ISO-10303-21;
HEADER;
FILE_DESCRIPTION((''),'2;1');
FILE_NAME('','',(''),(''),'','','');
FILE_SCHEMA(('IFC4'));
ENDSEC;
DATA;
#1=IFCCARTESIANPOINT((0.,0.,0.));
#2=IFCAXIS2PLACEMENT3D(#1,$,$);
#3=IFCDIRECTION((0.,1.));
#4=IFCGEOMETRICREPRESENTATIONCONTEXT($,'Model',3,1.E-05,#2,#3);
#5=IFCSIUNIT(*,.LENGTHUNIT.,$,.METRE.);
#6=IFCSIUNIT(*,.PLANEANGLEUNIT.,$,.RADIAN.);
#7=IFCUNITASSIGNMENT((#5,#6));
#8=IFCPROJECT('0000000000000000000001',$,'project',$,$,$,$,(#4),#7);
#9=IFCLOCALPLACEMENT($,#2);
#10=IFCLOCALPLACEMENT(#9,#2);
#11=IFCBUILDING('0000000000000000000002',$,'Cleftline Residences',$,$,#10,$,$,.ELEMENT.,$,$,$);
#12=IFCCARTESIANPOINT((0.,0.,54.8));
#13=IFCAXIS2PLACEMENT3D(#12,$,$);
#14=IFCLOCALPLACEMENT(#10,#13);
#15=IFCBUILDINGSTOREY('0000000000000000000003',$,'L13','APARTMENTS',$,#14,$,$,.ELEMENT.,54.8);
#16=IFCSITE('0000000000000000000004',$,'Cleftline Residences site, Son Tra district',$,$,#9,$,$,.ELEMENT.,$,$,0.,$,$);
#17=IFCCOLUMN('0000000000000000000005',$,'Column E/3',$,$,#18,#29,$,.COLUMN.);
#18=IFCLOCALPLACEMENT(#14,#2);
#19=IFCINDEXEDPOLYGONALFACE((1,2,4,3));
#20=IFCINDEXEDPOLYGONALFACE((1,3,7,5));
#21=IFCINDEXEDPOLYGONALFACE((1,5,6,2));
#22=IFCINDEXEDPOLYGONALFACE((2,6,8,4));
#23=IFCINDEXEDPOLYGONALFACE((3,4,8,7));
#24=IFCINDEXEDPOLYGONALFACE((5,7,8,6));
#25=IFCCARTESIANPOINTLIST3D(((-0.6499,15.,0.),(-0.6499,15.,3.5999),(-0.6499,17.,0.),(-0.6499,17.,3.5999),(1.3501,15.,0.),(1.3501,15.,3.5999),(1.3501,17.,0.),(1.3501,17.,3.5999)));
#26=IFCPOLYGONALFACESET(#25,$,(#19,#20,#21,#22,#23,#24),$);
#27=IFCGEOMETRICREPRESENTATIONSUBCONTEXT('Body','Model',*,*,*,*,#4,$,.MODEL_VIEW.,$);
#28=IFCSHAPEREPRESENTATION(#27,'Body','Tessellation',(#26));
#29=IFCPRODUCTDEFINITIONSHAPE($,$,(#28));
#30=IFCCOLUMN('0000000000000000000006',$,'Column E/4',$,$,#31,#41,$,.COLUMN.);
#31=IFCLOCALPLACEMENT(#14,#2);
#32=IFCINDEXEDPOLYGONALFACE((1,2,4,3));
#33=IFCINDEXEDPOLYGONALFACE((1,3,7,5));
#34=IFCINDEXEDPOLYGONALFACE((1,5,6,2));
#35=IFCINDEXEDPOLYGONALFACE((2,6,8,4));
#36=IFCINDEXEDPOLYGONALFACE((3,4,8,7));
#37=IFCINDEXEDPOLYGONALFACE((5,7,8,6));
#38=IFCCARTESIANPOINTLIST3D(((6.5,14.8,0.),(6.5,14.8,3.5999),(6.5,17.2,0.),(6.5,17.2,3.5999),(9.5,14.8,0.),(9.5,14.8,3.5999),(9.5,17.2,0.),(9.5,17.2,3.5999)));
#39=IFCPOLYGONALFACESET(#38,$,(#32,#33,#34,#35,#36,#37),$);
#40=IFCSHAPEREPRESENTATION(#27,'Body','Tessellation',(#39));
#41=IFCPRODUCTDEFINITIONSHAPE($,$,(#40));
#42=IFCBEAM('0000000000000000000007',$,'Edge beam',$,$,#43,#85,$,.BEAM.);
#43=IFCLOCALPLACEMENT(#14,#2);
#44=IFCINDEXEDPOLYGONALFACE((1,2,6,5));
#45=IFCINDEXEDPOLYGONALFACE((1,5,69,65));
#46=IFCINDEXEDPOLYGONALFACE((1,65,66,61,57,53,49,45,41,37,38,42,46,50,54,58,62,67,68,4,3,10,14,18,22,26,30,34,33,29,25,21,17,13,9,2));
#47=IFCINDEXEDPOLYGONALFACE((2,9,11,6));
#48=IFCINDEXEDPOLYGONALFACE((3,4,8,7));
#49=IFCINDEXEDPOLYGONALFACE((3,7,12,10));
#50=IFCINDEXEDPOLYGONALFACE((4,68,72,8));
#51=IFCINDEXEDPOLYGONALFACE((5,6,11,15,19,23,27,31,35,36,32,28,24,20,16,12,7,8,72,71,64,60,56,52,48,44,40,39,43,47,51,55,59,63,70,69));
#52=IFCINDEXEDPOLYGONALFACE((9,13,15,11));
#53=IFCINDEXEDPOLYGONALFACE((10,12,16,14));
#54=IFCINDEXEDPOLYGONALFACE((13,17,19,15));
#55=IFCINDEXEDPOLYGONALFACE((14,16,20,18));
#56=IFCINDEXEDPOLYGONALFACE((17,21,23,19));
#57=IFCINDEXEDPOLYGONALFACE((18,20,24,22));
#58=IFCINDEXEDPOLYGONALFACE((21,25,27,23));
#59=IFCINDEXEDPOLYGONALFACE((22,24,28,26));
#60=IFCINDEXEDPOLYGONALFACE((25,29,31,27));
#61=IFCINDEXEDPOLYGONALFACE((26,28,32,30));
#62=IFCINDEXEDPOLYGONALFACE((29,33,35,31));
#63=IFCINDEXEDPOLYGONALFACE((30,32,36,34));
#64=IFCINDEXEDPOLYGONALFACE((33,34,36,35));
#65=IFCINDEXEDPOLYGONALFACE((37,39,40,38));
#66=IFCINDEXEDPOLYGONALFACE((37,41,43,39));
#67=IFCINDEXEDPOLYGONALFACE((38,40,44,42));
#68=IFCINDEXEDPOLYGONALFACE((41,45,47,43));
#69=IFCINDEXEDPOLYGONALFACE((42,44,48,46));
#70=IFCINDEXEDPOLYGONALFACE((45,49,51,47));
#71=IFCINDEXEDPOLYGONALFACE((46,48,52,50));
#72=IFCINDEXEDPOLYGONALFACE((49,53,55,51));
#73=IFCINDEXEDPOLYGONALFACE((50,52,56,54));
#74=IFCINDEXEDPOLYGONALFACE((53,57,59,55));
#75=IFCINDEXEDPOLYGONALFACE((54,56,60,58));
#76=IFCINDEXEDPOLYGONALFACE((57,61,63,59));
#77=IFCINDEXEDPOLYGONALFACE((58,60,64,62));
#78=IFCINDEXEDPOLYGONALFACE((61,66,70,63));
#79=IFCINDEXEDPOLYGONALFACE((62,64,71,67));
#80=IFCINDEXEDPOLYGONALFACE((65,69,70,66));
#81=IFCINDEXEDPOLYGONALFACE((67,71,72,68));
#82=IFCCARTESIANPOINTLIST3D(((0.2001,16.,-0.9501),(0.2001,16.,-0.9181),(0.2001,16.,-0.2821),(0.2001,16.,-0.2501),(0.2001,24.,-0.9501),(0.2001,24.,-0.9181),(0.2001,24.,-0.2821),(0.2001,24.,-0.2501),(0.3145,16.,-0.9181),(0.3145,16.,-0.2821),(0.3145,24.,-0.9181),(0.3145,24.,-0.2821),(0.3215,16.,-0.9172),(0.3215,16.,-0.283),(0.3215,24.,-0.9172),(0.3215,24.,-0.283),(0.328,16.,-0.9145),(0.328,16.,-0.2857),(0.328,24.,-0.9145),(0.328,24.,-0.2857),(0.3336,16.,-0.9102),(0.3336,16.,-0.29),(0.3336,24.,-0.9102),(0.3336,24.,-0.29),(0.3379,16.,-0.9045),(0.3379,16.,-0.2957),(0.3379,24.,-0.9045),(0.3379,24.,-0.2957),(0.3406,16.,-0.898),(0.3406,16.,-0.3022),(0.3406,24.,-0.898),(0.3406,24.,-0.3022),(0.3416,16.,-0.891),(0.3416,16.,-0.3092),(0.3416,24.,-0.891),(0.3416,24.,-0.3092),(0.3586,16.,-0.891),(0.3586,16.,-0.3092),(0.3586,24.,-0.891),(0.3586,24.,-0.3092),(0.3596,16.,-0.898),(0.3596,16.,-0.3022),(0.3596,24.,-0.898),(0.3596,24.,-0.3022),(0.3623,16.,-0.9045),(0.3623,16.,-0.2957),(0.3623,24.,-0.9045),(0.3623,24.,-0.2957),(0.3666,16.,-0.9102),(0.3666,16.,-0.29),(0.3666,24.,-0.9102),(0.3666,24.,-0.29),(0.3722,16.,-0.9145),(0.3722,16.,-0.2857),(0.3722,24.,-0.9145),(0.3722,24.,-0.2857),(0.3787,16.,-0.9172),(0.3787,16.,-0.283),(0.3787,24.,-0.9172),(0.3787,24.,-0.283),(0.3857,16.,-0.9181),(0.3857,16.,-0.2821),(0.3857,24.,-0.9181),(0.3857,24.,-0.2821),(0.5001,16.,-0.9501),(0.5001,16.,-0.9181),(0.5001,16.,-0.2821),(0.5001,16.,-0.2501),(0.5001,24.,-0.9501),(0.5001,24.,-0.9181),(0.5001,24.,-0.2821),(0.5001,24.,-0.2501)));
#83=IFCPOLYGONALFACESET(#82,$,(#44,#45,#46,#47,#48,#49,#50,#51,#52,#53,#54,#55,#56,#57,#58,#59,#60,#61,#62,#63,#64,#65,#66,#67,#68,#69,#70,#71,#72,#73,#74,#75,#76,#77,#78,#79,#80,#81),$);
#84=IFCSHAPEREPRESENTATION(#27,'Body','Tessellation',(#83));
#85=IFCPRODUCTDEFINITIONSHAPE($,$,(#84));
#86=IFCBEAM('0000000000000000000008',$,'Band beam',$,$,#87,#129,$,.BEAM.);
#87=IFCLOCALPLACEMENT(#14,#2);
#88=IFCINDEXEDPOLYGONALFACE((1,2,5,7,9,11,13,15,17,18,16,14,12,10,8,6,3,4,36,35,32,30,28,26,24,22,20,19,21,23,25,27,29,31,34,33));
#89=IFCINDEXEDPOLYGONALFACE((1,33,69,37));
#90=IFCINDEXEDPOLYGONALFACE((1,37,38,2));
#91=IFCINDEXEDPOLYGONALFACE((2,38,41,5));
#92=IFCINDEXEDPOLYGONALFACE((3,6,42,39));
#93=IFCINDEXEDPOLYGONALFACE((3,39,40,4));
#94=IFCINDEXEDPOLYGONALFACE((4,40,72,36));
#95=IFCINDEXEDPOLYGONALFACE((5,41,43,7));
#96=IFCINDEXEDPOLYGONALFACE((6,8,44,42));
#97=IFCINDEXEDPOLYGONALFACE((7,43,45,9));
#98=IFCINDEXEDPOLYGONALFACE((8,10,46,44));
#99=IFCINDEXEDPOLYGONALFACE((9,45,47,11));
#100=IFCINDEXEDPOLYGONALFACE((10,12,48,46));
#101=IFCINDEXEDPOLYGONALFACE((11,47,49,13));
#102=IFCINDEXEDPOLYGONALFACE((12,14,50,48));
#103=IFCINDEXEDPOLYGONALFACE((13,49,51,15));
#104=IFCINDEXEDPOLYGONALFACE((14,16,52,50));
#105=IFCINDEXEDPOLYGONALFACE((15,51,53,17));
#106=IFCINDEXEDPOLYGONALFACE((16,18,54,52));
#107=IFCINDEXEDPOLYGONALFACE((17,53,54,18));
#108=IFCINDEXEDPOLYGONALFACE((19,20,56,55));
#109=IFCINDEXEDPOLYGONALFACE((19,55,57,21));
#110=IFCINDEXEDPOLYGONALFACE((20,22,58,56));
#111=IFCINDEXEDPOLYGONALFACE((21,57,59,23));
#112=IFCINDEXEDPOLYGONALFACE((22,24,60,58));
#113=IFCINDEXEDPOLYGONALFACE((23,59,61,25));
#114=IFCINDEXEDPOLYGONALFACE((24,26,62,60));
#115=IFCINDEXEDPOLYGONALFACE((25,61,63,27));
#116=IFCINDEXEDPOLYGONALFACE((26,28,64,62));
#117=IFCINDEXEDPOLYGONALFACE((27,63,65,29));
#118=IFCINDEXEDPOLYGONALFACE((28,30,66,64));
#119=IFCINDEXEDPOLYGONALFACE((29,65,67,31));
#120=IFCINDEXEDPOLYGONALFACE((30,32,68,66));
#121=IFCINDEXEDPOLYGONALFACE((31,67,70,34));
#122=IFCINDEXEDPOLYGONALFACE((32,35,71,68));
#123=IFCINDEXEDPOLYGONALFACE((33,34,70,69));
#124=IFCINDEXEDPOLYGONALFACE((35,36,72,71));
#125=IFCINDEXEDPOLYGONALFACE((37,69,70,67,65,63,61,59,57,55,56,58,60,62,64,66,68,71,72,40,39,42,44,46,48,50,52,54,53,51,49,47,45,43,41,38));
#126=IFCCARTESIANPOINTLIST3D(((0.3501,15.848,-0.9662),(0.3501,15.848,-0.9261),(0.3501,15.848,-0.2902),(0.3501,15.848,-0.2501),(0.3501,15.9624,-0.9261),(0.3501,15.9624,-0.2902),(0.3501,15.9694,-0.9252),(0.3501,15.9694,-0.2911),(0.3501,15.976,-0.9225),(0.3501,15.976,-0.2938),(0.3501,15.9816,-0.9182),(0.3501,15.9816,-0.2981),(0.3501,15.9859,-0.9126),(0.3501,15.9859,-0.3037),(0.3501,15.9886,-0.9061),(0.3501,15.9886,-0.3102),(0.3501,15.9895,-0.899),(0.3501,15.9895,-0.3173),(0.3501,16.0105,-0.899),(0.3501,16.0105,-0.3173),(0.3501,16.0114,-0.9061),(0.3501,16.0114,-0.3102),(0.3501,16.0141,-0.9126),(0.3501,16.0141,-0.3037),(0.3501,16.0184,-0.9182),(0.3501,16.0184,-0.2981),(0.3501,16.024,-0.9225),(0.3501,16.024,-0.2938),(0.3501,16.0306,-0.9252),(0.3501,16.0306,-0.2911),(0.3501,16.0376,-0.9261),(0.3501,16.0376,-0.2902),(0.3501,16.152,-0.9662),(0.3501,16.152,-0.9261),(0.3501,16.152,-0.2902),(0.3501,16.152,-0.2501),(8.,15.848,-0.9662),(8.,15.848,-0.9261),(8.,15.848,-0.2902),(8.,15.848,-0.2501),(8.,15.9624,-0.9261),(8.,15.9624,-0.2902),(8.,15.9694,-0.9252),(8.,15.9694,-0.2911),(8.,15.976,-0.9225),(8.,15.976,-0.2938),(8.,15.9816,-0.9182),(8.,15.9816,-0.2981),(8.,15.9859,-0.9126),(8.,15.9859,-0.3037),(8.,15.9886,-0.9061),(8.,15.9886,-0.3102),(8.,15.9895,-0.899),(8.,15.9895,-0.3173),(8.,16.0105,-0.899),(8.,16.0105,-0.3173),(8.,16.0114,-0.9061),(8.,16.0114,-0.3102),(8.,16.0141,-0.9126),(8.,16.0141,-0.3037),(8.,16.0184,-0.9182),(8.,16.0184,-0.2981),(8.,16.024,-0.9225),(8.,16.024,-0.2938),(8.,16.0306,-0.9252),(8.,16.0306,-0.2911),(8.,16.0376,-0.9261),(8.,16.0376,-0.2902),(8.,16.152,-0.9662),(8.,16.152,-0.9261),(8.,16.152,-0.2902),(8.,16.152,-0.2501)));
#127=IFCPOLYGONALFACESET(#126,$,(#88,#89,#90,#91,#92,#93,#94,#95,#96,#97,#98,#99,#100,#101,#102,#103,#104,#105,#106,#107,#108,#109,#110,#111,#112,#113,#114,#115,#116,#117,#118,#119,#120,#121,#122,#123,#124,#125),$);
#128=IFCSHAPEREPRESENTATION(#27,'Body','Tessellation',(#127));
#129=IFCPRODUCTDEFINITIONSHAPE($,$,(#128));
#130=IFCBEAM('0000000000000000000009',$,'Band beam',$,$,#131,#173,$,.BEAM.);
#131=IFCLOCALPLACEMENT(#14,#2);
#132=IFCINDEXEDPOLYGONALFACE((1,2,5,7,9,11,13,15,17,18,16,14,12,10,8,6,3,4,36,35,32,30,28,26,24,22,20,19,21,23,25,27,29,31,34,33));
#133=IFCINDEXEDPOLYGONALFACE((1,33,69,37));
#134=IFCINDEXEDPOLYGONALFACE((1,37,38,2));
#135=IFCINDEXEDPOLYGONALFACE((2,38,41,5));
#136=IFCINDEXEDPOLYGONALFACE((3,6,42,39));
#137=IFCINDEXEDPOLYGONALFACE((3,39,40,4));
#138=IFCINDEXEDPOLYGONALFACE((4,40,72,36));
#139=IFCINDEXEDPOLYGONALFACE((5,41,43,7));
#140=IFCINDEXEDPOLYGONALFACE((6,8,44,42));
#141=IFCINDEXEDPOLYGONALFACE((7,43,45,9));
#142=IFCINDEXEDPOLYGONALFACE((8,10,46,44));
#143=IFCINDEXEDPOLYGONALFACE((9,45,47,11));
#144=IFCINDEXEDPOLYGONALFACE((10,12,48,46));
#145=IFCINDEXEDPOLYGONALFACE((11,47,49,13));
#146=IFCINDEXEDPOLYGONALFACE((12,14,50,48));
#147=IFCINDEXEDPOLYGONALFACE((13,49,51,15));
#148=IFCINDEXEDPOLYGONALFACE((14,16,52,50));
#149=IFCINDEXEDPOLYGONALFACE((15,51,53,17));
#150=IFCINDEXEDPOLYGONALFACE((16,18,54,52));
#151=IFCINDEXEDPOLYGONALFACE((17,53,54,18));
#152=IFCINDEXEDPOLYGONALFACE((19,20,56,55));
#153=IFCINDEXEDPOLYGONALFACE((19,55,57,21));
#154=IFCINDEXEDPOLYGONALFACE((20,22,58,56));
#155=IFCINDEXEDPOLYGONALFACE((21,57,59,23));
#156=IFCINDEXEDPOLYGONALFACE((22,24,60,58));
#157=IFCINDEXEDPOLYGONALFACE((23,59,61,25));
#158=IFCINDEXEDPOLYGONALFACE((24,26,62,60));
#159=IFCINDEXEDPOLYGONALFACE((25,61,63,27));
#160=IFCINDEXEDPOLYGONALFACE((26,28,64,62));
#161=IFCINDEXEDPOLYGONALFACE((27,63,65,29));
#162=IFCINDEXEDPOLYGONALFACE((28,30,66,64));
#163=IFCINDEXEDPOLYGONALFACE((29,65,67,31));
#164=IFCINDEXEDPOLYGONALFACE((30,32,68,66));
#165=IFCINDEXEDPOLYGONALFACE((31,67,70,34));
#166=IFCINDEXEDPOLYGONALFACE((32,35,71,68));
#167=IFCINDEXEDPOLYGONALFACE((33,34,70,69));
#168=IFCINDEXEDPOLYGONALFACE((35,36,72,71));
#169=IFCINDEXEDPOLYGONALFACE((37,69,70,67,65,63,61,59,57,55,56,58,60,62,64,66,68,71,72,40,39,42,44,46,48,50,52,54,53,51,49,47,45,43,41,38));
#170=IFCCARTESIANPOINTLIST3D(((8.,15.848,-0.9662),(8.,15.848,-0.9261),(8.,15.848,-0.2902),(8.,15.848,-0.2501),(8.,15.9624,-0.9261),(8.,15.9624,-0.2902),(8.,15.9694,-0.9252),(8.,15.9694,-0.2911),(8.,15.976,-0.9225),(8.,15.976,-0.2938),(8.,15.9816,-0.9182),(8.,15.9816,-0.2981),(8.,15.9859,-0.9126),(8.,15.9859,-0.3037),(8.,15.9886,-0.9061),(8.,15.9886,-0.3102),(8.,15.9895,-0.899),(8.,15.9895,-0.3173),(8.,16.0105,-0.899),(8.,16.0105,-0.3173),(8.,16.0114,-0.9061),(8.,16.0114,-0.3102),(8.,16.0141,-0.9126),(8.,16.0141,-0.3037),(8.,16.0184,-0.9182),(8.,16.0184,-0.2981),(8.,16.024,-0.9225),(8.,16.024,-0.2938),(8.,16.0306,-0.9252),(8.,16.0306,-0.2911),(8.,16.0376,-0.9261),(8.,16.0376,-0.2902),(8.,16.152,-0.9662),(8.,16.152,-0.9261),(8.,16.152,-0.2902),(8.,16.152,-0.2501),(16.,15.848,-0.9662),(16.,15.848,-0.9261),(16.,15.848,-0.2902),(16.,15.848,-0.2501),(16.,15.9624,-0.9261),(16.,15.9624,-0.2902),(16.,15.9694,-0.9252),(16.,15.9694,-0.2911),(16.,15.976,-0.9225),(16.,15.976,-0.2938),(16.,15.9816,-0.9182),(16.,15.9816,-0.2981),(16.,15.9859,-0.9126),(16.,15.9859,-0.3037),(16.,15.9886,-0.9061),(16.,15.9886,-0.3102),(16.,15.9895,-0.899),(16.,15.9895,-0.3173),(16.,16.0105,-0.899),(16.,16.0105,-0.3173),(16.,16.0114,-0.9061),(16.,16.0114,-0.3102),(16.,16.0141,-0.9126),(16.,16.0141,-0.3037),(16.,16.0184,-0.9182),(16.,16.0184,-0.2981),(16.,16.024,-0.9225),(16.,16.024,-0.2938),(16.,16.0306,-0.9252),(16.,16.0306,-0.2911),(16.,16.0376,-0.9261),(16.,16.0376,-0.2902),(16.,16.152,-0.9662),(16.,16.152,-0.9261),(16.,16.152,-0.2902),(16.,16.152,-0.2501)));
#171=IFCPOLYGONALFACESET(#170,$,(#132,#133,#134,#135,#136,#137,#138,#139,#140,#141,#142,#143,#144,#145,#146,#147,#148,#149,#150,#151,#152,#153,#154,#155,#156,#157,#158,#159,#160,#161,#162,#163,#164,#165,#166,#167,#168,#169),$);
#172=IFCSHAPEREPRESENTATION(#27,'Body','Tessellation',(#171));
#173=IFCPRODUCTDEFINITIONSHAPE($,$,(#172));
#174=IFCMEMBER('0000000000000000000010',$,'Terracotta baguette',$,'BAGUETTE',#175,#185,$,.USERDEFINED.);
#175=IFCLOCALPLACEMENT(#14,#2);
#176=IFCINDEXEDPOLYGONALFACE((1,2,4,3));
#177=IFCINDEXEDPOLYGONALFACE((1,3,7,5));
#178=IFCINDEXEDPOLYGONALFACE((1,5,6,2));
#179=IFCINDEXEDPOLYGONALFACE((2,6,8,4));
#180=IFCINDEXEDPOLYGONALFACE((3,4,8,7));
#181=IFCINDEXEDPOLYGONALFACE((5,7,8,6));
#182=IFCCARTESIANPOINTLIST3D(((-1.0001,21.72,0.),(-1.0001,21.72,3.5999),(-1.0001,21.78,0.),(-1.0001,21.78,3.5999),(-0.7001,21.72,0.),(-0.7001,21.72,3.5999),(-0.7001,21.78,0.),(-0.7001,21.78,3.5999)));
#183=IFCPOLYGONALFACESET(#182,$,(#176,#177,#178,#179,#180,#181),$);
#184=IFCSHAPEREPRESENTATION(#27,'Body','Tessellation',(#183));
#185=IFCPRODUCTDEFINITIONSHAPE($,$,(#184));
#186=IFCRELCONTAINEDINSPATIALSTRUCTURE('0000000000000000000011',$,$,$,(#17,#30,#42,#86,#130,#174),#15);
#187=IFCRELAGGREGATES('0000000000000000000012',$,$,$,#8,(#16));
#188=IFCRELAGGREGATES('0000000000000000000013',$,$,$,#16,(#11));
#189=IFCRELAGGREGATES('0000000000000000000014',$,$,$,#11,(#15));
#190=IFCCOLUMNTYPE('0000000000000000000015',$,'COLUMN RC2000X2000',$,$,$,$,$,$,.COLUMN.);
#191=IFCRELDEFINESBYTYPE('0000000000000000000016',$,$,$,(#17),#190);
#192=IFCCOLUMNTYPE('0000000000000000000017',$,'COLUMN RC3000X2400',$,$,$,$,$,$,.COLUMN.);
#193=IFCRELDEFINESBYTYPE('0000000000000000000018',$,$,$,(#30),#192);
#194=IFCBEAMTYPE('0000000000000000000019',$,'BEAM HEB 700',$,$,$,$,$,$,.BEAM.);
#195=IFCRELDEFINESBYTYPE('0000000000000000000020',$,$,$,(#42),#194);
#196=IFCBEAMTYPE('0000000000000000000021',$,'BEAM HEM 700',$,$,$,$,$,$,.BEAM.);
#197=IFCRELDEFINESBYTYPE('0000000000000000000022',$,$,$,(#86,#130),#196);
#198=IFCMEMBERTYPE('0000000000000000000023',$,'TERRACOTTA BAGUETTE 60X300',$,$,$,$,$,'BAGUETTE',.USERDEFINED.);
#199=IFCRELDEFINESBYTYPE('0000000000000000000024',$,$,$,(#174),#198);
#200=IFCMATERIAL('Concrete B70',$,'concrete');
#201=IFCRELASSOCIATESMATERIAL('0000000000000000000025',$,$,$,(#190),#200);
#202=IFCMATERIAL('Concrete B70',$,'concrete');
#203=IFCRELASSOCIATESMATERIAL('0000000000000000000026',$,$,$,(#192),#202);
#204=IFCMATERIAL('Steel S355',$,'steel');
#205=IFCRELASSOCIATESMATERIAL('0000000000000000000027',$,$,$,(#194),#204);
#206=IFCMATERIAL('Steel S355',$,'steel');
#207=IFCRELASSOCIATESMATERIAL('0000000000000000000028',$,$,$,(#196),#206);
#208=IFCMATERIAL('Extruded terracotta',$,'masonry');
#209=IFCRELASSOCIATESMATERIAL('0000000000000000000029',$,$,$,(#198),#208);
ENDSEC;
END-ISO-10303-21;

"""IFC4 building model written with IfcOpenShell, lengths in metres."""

from ifc_helpers import new_model, si_unit, direction, frame, origin, origin_2d, place, context, subcontext, project, spatial, rectangle, i_section, extrude, material, material_profile, profile_set, type_object, element, save


model = new_model("IFC4")

# Units and contexts
model_context = context("Model", 3, precision=1e-05, world=origin(), true_north=direction((0.0, 1.0)))
body_context = subcontext(model_context, "Body", "Model", "MODEL_VIEW")
ifc_project = project(units=[si_unit("LENGTHUNIT", "METRE"), si_unit("PLANEANGLEUNIT", "RADIAN")], contexts=[model_context])

# Site, building, storey
site_placement = place(None, origin())
site = spatial("IfcSite", under=ifc_project, at=site_placement, Name="Cleftline Residences site, Son Tra district", CompositionType="ELEMENT", RefElevation=0.0)
building_placement = place(site_placement, origin())
building = spatial("IfcBuilding", under=site, at=building_placement, Name="Cleftline Residences", CompositionType="ELEMENT")
storey_placement = place(building_placement, frame((0.0, 0.0, 54.8)))
storey = spatial("IfcBuildingStorey", under=building, at=storey_placement, Name="L13", Description="APARTMENTS", CompositionType="ELEMENT", Elevation=54.8)

# Columns
ifc_material_1 = material(Name="Concrete B70", Category="concrete")
ifc_material_profile_1 = material_profile(ifc_material_1, rectangle(XDim=2.0, YDim=2.0, at=origin_2d()))
ifc_profile_set_1 = profile_set([ifc_material_profile_1], Name="Concrete B70")
column_type_1 = type_object("IfcColumnType", Name="COLUMN RC2000X2000", PredefinedType="COLUMN", material=ifc_profile_set_1)
column_1_placement = place(storey_placement, frame((0.3501, 16.0, 0.0), z_axis=(0.0, 0.0, 1.0), x_axis=(1.0, 0.0, 0.0)))
element("IfcColumn", 1, at=column_1_placement, inside=storey, type_object=column_type_1, Name="Column E/3", PredefinedType="COLUMN", context=body_context, shape_type="SweptSolid", body=[
    extrude(rectangle(XDim=2.0, YDim=2.0, at=origin_2d()), origin(), (0.0, 0.0, 1.0), 3.5999),
])
ifc_material_2 = material(Name="Concrete B70", Category="concrete")
ifc_material_profile_2 = material_profile(ifc_material_2, rectangle(XDim=3.0, YDim=2.3999, at=origin_2d()))
ifc_profile_set_2 = profile_set([ifc_material_profile_2], Name="Concrete B70")
column_type_2 = type_object("IfcColumnType", Name="COLUMN RC3000X2400", PredefinedType="COLUMN", material=ifc_profile_set_2)
column_2_placement = place(storey_placement, frame((8.0, 16.0, 0.0), z_axis=(0.0, 0.0, 1.0), x_axis=(1.0, 0.0, 0.0)))
element("IfcColumn", 2, at=column_2_placement, inside=storey, type_object=column_type_2, Name="Column E/4", PredefinedType="COLUMN", context=body_context, shape_type="SweptSolid", body=[
    extrude(rectangle(XDim=3.0, YDim=2.3999, at=origin_2d()), origin(), (0.0, 0.0, 1.0), 3.5999),
])

# Beams
ifc_material_3 = material(Name="Steel S355", Category="steel")
ifc_material_profile_3 = material_profile(ifc_material_3, i_section(OverallWidth=0.3, OverallDepth=0.7, WebThickness=0.0171, FlangeThickness=0.032, FilletRadius=0.0271, at=origin_2d()))
ifc_profile_set_3 = profile_set([ifc_material_profile_3], Name="Steel S355")
beam_type_1 = type_object("IfcBeamType", Name="BEAM HEB 700", PredefinedType="BEAM", material=ifc_profile_set_3)
beam_1_placement = place(storey_placement, frame((0.3501, 16.0, -0.6001), z_axis=(0.0, 1.0, 0.0), x_axis=(-1.0, 0.0, 0.0)))
element("IfcBeam", 3, at=beam_1_placement, inside=storey, type_object=beam_type_1, Name="Edge beam", PredefinedType="BEAM", context=body_context, shape_type="SweptSolid", body=[
    extrude(i_section(OverallWidth=0.3, OverallDepth=0.7, WebThickness=0.0171, FlangeThickness=0.032, FilletRadius=0.0271, at=origin_2d()), origin(), (0.0, 0.0, 1.0), 8.0),
])
ifc_material_4 = material(Name="Steel S355", Category="steel")
ifc_material_profile_4 = material_profile(ifc_material_4, i_section(OverallWidth=0.304, OverallDepth=0.7161, WebThickness=0.021, FlangeThickness=0.04, FilletRadius=0.0271, at=origin_2d()))
ifc_profile_set_4 = profile_set([ifc_material_profile_4], Name="Steel S355")
beam_type_2 = type_object("IfcBeamType", Name="BEAM HEM 700", PredefinedType="BEAM", material=ifc_profile_set_4)
beam_2_placement = place(storey_placement, frame((0.3501, 16.0, -0.6082), z_axis=(1.0, 0.0, 0.0), x_axis=(0.0, 1.0, 0.0)))
element("IfcBeam", 4, at=beam_2_placement, inside=storey, type_object=beam_type_2, Name="Band beam", PredefinedType="BEAM", context=body_context, shape_type="SweptSolid", body=[
    extrude(i_section(OverallWidth=0.304, OverallDepth=0.7161, WebThickness=0.021, FlangeThickness=0.04, FilletRadius=0.0271, at=origin_2d()), origin(), (0.0, 0.0, 1.0), 7.6499),
])
beam_3_placement = place(storey_placement, frame((8.0, 16.0, -0.6082), z_axis=(1.0, 0.0, 0.0), x_axis=(0.0, 1.0, 0.0)))
element("IfcBeam", 5, at=beam_3_placement, inside=storey, type_object=beam_type_2, Name="Band beam", PredefinedType="BEAM", context=body_context, shape_type="SweptSolid", body=[
    extrude(i_section(OverallWidth=0.304, OverallDepth=0.7161, WebThickness=0.021, FlangeThickness=0.04, FilletRadius=0.0271, at=origin_2d()), origin(), (0.0, 0.0, 1.0), 8.0),
])

# Member
ifc_material_5 = material(Name="Extruded terracotta", Category="masonry")
ifc_material_profile_5 = material_profile(ifc_material_5, rectangle(XDim=0.0601, YDim=0.3, at=origin_2d()))
ifc_profile_set_5 = profile_set([ifc_material_profile_5], Name="Extruded terracotta")
member_type = type_object("IfcMemberType", Name="TERRACOTTA BAGUETTE 60X300", ElementType="BAGUETTE", PredefinedType="USERDEFINED", material=ifc_profile_set_5)
for number, where, z_axis, x_axis, name in (
    (6, (-0.8501, 21.75, 0.0), (0.0, 0.0, 1.0), (0.0, 1.0, 0.0), "Terracotta baguette"),
):
    element("IfcMember", number, at=place(storey_placement, frame(where, z_axis=z_axis, x_axis=x_axis)), inside=storey, type_object=member_type, Name=name, ObjectType="BAGUETTE", PredefinedType="USERDEFINED", context=body_context, shape_type="SweptSolid", body=[
        extrude(rectangle(XDim=0.0601, YDim=0.3, at=origin_2d()), origin(), (0.0, 0.0, 1.0), 3.5999),
    ])

save(model, "model.ifc")
